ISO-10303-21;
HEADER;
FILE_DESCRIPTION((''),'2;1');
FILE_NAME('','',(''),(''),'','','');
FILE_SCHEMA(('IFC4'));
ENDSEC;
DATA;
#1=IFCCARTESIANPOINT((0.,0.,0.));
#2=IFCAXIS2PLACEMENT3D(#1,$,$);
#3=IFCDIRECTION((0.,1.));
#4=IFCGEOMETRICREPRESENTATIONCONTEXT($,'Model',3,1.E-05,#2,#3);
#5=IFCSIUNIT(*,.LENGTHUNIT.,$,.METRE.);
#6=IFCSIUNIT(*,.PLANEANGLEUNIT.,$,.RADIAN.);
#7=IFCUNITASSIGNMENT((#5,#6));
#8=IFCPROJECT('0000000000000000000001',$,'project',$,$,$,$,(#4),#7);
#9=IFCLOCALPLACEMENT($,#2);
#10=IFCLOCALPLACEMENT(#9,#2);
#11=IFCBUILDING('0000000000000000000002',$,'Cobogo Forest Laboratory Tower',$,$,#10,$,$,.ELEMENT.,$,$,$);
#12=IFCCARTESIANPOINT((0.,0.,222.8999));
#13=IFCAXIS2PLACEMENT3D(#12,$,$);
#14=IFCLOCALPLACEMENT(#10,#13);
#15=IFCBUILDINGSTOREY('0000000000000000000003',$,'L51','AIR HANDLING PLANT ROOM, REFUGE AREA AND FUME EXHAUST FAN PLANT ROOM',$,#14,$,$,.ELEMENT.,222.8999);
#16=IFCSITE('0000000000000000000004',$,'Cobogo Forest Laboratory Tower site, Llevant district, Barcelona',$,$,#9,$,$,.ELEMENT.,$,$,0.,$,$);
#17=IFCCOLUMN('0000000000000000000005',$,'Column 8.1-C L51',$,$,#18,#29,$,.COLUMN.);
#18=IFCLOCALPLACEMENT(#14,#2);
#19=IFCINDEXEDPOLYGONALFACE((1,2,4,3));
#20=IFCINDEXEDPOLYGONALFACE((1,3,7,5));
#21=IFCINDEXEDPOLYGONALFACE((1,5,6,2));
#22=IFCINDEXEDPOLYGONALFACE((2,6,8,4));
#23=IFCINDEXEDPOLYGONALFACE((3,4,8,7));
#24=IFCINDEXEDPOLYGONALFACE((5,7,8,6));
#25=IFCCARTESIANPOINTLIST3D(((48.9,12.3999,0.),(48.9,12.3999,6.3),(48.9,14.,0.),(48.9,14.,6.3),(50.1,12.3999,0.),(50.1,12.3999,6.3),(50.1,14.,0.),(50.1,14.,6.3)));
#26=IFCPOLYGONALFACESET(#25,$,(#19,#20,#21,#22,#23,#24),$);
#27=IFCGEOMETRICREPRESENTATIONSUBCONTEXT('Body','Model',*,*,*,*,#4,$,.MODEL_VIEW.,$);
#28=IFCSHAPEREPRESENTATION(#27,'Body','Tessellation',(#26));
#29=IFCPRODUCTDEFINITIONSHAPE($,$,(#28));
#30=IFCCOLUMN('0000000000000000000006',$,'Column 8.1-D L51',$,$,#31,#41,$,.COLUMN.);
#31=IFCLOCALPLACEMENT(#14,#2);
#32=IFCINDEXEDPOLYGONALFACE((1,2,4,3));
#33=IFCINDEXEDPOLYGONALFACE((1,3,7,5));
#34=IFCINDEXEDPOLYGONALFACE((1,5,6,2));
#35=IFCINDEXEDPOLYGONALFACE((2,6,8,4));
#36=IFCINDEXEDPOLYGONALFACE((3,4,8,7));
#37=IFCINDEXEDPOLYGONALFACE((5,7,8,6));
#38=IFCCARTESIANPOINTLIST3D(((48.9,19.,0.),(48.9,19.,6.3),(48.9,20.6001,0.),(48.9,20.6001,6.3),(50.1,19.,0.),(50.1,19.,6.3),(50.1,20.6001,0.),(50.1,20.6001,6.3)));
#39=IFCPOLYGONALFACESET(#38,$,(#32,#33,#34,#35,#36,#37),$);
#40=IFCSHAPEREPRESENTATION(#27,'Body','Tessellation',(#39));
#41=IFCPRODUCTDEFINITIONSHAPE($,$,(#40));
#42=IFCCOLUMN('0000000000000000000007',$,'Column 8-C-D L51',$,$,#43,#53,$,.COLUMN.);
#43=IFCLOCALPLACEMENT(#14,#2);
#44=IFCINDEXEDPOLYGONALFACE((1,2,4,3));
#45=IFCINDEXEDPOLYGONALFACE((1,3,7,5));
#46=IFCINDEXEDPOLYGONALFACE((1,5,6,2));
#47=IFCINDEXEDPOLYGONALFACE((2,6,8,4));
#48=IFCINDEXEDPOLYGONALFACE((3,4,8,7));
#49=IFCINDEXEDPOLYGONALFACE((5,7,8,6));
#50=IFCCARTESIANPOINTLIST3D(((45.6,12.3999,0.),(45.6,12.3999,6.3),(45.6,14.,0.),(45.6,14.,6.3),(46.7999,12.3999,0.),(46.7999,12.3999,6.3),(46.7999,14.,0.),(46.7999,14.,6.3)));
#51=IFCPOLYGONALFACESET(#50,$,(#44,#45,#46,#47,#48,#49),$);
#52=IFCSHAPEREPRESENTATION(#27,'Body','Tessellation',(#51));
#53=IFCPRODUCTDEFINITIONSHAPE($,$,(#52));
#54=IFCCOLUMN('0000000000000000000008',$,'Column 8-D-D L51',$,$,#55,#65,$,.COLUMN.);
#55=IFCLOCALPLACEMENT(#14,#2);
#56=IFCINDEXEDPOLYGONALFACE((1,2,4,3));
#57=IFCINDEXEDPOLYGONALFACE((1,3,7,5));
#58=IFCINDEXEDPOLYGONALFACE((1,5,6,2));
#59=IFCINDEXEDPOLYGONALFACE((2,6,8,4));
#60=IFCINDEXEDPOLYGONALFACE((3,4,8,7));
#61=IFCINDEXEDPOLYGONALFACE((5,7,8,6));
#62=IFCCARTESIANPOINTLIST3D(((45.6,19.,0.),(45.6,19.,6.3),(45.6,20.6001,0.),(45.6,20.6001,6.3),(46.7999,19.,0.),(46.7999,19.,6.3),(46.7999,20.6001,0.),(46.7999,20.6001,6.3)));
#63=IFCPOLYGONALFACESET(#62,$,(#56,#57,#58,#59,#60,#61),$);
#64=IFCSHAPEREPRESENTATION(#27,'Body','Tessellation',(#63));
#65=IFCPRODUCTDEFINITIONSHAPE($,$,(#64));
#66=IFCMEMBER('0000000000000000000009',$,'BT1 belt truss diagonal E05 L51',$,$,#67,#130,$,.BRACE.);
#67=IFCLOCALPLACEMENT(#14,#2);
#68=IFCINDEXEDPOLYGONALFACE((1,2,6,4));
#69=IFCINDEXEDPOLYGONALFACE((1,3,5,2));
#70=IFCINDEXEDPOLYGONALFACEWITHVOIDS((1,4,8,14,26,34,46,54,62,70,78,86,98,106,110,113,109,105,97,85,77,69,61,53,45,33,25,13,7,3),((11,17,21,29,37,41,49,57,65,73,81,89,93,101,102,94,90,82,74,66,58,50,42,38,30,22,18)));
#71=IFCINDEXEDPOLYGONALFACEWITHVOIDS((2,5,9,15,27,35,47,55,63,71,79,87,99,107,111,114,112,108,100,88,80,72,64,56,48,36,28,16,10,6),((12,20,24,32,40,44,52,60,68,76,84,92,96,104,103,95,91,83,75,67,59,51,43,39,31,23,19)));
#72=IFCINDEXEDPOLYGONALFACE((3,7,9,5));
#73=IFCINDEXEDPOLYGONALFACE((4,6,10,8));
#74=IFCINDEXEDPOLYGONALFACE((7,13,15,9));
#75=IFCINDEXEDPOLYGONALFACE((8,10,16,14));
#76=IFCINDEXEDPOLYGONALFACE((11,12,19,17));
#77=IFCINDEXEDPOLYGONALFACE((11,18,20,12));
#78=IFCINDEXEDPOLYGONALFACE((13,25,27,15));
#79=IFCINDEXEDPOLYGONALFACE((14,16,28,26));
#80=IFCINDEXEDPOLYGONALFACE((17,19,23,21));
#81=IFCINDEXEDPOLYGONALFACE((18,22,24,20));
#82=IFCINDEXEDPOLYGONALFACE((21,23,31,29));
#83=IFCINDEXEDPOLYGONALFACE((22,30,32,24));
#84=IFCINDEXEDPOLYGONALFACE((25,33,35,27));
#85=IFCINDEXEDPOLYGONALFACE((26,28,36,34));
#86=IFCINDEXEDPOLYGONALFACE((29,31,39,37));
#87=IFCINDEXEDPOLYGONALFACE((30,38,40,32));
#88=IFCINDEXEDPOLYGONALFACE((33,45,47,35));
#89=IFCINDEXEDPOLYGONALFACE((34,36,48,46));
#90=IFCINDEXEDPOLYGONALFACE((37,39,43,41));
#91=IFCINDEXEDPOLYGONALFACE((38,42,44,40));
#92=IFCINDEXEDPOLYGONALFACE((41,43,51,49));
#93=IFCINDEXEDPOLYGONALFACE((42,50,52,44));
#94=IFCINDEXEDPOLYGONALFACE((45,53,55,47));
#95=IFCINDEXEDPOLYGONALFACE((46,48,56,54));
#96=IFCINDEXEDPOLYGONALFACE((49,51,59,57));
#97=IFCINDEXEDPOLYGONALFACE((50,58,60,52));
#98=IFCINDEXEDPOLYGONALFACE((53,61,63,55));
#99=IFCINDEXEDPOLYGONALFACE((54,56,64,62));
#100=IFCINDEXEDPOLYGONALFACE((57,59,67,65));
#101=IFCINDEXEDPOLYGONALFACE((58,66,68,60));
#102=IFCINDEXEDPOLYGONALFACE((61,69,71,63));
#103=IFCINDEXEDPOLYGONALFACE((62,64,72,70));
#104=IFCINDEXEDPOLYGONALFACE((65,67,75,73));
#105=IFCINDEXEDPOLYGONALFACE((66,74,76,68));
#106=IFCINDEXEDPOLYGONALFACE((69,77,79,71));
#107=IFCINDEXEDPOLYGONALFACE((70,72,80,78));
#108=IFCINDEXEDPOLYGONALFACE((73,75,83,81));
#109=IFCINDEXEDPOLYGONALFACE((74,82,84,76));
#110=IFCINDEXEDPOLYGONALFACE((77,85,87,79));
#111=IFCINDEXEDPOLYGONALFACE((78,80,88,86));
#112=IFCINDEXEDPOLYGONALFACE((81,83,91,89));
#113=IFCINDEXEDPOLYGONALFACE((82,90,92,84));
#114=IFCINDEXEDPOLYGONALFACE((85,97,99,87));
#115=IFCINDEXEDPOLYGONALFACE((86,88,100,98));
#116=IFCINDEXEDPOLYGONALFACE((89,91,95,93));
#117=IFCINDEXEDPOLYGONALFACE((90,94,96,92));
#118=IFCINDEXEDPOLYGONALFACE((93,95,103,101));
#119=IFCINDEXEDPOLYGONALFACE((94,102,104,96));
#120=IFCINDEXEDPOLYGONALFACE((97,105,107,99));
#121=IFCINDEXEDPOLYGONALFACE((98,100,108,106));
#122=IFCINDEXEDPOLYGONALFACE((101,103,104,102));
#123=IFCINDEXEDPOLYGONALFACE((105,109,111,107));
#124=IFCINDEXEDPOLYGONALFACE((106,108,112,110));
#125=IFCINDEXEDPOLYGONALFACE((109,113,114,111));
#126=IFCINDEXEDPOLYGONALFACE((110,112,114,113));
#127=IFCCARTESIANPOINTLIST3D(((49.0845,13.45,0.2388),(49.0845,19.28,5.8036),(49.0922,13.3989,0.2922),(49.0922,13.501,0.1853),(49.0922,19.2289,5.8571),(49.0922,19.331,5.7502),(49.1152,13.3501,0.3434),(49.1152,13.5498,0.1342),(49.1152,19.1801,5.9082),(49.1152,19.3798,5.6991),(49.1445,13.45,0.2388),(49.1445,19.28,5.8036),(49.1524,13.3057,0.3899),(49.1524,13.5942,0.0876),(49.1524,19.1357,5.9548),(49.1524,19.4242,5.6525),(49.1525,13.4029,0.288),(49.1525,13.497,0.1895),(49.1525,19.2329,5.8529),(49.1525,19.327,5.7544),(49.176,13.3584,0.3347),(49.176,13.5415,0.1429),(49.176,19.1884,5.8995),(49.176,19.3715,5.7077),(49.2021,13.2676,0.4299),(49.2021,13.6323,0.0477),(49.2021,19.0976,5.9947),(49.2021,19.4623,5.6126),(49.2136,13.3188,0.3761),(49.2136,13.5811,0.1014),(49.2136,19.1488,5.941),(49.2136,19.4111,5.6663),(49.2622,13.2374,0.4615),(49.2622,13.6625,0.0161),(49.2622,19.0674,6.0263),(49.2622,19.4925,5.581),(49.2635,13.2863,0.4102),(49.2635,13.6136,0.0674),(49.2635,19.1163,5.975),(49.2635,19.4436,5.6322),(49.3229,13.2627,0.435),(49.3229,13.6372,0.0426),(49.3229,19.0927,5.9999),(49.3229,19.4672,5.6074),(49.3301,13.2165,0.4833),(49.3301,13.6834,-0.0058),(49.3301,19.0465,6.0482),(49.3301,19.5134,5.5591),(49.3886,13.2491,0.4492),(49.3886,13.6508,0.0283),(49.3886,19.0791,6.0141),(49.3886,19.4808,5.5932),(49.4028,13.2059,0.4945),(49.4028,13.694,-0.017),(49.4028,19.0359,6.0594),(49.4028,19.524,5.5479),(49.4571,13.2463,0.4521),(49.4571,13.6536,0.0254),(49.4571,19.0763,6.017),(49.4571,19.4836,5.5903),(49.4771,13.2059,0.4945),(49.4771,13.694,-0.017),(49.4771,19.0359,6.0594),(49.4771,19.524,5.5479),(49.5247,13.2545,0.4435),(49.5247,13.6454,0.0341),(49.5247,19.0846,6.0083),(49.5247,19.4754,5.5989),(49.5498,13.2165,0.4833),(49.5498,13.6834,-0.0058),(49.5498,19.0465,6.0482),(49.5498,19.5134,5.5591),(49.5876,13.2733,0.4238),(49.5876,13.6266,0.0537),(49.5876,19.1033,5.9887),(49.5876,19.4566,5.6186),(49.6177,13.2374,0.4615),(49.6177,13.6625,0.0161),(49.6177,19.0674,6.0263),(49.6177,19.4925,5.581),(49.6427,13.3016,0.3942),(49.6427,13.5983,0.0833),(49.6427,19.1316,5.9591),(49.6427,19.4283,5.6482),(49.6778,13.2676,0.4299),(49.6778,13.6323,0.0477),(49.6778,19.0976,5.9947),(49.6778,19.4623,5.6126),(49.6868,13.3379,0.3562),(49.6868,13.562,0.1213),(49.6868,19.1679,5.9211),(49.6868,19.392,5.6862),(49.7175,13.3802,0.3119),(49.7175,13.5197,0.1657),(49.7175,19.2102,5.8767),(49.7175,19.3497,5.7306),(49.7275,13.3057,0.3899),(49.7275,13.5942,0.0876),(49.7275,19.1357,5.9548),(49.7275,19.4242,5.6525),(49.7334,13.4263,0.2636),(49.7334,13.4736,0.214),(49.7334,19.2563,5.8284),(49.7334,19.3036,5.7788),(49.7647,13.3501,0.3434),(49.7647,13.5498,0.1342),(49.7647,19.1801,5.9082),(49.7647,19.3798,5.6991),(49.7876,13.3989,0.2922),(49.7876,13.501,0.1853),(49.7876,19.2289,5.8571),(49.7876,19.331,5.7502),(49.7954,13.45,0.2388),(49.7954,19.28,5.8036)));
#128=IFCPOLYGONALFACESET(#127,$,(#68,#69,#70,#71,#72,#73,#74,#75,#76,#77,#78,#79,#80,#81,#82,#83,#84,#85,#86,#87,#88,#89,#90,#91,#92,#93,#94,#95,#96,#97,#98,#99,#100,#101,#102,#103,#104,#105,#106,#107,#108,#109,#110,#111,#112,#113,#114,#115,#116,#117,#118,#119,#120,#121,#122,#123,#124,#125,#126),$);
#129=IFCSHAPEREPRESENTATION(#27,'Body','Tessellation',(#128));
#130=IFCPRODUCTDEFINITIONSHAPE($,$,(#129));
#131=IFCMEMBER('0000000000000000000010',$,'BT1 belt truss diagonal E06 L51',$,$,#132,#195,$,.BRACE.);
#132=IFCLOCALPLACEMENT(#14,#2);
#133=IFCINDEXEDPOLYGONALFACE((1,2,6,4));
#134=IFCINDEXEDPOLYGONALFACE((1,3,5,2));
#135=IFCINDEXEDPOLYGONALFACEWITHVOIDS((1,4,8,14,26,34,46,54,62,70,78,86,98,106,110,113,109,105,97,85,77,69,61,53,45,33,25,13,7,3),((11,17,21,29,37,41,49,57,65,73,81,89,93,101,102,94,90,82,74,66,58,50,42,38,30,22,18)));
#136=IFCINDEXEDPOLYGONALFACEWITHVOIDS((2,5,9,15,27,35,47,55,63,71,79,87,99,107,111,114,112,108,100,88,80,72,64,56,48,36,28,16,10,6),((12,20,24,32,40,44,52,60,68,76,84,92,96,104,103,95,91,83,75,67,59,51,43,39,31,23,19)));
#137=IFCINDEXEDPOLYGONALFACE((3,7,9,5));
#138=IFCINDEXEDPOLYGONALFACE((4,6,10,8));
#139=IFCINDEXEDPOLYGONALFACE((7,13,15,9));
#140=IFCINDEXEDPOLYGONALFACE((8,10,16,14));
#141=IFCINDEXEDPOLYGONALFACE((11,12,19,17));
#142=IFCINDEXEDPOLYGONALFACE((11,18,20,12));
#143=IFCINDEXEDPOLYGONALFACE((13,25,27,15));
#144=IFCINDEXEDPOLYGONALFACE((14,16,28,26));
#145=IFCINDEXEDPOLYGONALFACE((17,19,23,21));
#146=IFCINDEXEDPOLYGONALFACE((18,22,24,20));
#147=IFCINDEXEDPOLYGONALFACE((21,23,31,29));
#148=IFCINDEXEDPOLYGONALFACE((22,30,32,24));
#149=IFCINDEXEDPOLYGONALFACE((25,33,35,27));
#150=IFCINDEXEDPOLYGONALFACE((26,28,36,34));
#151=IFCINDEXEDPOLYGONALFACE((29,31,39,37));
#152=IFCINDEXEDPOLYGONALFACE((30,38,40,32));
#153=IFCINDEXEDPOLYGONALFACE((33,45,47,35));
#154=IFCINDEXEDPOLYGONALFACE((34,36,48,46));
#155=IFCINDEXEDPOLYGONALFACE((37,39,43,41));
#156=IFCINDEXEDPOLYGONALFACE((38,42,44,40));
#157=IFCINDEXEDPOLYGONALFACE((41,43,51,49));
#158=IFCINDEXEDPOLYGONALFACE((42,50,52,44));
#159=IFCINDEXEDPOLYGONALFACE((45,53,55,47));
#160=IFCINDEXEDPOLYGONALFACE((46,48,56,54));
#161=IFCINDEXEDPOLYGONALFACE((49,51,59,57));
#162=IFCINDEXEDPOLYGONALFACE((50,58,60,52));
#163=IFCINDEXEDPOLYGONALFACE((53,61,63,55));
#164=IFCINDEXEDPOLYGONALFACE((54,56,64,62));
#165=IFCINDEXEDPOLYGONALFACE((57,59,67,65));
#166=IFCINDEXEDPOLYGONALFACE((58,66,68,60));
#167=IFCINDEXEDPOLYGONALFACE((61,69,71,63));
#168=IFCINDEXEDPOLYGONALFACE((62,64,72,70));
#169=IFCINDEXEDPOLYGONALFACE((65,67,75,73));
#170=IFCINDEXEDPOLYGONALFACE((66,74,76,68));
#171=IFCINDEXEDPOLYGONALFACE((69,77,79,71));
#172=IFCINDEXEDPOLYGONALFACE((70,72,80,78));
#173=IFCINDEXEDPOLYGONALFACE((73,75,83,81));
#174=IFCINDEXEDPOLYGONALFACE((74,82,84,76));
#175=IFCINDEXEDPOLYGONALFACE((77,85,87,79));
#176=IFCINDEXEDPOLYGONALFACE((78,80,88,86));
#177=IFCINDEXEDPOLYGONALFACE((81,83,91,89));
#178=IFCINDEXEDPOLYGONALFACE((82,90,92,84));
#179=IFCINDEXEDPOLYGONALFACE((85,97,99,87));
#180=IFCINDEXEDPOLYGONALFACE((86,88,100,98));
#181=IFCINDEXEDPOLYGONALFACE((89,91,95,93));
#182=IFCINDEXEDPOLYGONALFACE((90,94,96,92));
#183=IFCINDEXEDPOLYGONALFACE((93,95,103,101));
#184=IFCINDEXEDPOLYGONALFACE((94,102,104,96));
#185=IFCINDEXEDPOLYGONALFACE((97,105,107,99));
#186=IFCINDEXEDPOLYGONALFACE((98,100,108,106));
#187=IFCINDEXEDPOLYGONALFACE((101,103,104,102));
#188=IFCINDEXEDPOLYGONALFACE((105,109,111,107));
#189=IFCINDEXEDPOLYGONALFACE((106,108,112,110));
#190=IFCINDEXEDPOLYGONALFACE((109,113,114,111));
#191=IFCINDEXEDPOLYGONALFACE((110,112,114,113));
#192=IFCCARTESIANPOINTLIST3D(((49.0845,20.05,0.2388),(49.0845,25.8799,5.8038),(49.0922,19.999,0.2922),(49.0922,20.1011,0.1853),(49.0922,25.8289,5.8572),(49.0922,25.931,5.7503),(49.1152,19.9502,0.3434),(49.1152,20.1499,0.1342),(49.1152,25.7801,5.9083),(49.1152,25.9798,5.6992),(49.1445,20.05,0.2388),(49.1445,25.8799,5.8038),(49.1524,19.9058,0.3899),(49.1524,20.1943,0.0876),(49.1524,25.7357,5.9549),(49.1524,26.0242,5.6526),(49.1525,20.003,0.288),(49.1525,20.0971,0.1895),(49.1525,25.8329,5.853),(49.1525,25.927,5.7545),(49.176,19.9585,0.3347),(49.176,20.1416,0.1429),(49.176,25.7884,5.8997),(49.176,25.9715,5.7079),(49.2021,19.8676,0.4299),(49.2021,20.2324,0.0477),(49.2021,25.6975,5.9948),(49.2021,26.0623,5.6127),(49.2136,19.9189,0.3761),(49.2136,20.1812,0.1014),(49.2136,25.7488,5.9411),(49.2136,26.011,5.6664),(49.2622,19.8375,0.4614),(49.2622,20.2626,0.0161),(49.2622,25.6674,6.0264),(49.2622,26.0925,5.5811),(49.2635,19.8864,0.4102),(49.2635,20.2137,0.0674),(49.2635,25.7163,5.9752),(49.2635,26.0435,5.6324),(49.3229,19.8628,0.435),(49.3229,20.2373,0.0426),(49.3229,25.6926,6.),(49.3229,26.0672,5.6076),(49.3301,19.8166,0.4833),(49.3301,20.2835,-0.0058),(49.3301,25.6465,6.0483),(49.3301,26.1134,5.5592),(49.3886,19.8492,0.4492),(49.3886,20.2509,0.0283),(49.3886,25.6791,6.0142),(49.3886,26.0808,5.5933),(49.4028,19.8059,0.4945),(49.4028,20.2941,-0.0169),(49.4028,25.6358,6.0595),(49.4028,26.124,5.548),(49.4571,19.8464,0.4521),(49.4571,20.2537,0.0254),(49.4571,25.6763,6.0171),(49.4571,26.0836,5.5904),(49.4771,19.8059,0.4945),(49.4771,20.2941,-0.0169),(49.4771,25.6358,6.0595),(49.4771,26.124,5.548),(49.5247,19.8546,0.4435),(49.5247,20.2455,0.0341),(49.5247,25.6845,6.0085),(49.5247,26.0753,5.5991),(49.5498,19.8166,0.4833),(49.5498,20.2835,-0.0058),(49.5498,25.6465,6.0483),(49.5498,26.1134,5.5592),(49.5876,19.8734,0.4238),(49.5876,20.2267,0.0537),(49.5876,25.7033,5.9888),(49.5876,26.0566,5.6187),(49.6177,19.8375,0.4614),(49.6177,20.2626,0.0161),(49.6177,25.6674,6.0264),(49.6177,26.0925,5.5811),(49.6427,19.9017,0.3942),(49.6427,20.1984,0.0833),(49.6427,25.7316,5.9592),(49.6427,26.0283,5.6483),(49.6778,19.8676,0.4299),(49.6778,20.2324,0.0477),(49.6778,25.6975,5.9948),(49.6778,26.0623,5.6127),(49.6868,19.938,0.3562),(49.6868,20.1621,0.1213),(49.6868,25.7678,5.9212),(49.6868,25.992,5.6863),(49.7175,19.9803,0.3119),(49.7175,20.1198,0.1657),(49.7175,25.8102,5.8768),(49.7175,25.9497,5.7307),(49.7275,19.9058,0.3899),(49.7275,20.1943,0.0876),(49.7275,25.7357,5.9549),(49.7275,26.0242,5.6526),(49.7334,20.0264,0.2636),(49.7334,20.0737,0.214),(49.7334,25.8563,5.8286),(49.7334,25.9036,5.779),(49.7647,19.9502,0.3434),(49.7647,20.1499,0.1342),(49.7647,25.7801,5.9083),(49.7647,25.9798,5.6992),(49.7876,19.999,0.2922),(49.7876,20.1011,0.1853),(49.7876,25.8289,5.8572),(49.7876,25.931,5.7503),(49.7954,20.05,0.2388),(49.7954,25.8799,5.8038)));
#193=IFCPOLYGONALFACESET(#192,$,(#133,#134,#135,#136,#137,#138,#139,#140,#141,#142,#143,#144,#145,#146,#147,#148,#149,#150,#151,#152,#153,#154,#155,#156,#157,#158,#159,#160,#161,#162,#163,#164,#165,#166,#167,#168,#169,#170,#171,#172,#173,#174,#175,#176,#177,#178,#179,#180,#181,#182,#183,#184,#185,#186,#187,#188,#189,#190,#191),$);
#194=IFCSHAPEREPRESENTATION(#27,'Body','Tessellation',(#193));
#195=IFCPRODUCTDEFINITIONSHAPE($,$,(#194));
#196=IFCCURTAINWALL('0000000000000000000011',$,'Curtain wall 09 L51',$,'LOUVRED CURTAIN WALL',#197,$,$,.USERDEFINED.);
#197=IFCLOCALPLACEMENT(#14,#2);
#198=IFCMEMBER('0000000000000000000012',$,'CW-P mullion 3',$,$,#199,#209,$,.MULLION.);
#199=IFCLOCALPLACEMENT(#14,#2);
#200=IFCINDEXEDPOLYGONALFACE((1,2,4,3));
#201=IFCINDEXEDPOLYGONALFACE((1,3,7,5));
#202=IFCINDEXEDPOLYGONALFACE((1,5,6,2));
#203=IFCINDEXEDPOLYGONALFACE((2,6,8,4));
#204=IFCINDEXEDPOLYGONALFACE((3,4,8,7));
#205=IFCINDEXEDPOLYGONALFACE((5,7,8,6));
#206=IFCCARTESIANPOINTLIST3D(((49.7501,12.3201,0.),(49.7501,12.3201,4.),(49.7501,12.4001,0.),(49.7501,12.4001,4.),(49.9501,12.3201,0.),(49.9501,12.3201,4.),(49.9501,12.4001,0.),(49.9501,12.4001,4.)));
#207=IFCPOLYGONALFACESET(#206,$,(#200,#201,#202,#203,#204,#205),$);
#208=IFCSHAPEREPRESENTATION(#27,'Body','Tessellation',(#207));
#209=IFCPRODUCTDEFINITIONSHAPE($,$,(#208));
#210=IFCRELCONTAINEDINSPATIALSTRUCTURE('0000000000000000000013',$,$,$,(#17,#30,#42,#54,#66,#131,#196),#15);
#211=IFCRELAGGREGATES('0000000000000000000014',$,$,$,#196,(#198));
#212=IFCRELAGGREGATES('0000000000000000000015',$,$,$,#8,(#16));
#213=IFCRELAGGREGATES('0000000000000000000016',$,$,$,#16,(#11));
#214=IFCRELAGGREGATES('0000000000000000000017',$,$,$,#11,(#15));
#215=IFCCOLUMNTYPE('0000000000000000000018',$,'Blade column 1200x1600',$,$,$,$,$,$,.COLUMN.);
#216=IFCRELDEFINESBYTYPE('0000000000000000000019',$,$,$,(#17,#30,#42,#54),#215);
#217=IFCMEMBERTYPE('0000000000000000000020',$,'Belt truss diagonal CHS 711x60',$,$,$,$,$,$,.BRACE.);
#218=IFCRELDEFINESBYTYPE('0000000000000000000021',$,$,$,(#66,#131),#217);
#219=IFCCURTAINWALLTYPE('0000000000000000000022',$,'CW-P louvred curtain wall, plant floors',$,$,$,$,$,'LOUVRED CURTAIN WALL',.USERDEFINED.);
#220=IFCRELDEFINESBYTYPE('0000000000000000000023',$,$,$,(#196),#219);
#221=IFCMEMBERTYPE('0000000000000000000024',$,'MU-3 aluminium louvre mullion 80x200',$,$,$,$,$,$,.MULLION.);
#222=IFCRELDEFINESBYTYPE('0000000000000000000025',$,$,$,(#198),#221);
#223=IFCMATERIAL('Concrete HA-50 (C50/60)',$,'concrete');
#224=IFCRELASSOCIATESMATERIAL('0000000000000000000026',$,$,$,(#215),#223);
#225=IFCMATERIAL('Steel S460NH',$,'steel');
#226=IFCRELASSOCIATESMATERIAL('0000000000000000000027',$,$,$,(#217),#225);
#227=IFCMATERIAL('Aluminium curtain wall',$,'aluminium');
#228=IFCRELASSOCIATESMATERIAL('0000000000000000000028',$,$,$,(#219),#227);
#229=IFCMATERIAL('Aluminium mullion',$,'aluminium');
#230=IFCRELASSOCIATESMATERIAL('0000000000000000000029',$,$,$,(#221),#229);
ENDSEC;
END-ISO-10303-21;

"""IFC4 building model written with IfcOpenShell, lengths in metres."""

from ifc_helpers import new_model, si_unit, direction, frame, origin, origin_2d, place, context, subcontext, project, spatial, rectangle, hollow_circle, extrude, material, material_profile, profile_set, type_object, element, aggregate, save


model = new_model("IFC4")

# Units and contexts
model_context = context("Model", 3, precision=1e-05, world=origin(), true_north=direction((0.0, 1.0)))
body_context = subcontext(model_context, "Body", "Model", "MODEL_VIEW")
ifc_project = project(units=[si_unit("LENGTHUNIT", "METRE"), si_unit("PLANEANGLEUNIT", "RADIAN")], contexts=[model_context])

# Site, building, storey
site_placement = place(None, origin())
site = spatial("IfcSite", under=ifc_project, at=site_placement, Name="Cobogo Forest Laboratory Tower site, Llevant district, Barcelona", CompositionType="ELEMENT", RefElevation=0.0)
building_placement = place(site_placement, origin())
building = spatial("IfcBuilding", under=site, at=building_placement, Name="Cobogo Forest Laboratory Tower", CompositionType="ELEMENT")
storey_placement = place(building_placement, frame((0.0, 0.0, 222.8999)))
storey = spatial("IfcBuildingStorey", under=building, at=storey_placement, Name="L51", Description="AIR HANDLING PLANT ROOM, REFUGE AREA AND FUME EXHAUST FAN PLANT ROOM", CompositionType="ELEMENT", Elevation=222.8999)

# Columns
ifc_material_1 = material(Name="Concrete HA-50 (C50/60)", Category="concrete")
ifc_material_profile_1 = material_profile(ifc_material_1, rectangle(XDim=1.6001, YDim=1.2, at=origin_2d()), Name="RC 1200x1600")
ifc_profile_set_1 = profile_set([ifc_material_profile_1], Name="Concrete HA-50 (C50/60)")
column_type = type_object("IfcColumnType", Name="Blade column 1200x1600", PredefinedType="COLUMN", material=ifc_profile_set_1)
for number, where, z_axis, x_axis, name in (
    (1, (49.5, 13.2, 0.0), (0.0, 0.0, 1.0), (0.0, 1.0, 0.0), "Column 8.1-C L51"),
    (2, (49.5, 19.8, 0.0), (0.0, 0.0, 1.0), (0.0, 1.0, 0.0), "Column 8.1-D L51"),
    (3, (46.2, 13.2, 0.0), (0.0, 0.0, 1.0), (0.0, 1.0, 0.0), "Column 8-C-D L51"),
    (4, (46.2, 19.8, 0.0), (0.0, 0.0, 1.0), (0.0, 1.0, 0.0), "Column 8-D-D L51"),
):
    element("IfcColumn", number, at=place(storey_placement, frame(where, z_axis=z_axis, x_axis=x_axis)), inside=storey, type_object=column_type, Name=name, PredefinedType="COLUMN", context=body_context, shape_type="SweptSolid", body=[
        extrude(rectangle(XDim=1.6001, YDim=1.2, at=origin_2d()), origin(), (0.0, 0.0, 1.0), 6.3),
    ])

# Members
ifc_material_2 = material(Name="Steel S460NH", Category="steel")
ifc_material_profile_2 = material_profile(ifc_material_2, hollow_circle(Radius=0.3555, WallThickness=0.0601, at=origin_2d()), Name="CHS 711x60")
ifc_profile_set_2 = profile_set([ifc_material_profile_2], Name="Steel S460NH")
member_type_1 = type_object("IfcMemberType", Name="Belt truss diagonal CHS 711x60", PredefinedType="BRACE", material=ifc_profile_set_2)
for number, where, z_axis, x_axis, name in (
    (5, (49.4399, 13.45, 0.2388), (0.0, 0.723364, 0.690467), (-1.0, 0.0, 0.0), "BT1 belt truss diagonal E05 L51"),
    (6, (49.4399, 20.05, 0.2388), (0.0, 0.723349, 0.690482), (-1.0, 0.0, 0.0), "BT1 belt truss diagonal E06 L51"),
):
    element("IfcMember", number, at=place(storey_placement, frame(where, z_axis=z_axis, x_axis=x_axis)), inside=storey, type_object=member_type_1, Name=name, PredefinedType="BRACE", context=body_context, shape_type="SweptSolid", body=[
        extrude(hollow_circle(Radius=0.3555, WallThickness=0.0601, at=origin_2d()), origin(), (0.0, 0.0, 1.0), 8.0596),
    ])

# Curtain wall, member
ifc_material_3 = material(Name="Aluminium curtain wall", Category="aluminium")
curtain_wall_type = type_object("IfcCurtainWallType", Name="CW-P louvred curtain wall, plant floors", ElementType="LOUVRED CURTAIN WALL", PredefinedType="USERDEFINED", material=ifc_material_3)
curtain_wall_1_placement = place(storey_placement, origin())
curtain_wall_1 = element("IfcCurtainWall", 7, at=curtain_wall_1_placement, inside=storey, type_object=curtain_wall_type, Name="Curtain wall 09 L51", ObjectType="LOUVRED CURTAIN WALL", PredefinedType="USERDEFINED")
ifc_material_4 = material(Name="Aluminium mullion", Category="aluminium")
ifc_material_profile_3 = material_profile(ifc_material_4, rectangle(XDim=0.0801, YDim=0.2, at=origin_2d()), Name="AL 80x200")
ifc_profile_set_3 = profile_set([ifc_material_profile_3], Name="Aluminium mullion")
member_type_2 = type_object("IfcMemberType", Name="MU-3 aluminium louvre mullion 80x200", PredefinedType="MULLION", material=ifc_profile_set_3)
member_1_placement = place(storey_placement, frame((49.8501, 12.3601, 0.0), z_axis=(0.0, 0.0, 1.0), x_axis=(0.0, 1.0, 0.0)))
member_1 = element("IfcMember", 8, at=member_1_placement, type_object=member_type_2, Name="CW-P mullion 3", PredefinedType="MULLION", context=body_context, shape_type="SweptSolid", body=[
    extrude(rectangle(XDim=0.0801, YDim=0.2, at=origin_2d()), origin(), (0.0, 0.0, 1.0), 4.0),
])

aggregate(curtain_wall_1, [member_1])

save(model, "model.ifc")
